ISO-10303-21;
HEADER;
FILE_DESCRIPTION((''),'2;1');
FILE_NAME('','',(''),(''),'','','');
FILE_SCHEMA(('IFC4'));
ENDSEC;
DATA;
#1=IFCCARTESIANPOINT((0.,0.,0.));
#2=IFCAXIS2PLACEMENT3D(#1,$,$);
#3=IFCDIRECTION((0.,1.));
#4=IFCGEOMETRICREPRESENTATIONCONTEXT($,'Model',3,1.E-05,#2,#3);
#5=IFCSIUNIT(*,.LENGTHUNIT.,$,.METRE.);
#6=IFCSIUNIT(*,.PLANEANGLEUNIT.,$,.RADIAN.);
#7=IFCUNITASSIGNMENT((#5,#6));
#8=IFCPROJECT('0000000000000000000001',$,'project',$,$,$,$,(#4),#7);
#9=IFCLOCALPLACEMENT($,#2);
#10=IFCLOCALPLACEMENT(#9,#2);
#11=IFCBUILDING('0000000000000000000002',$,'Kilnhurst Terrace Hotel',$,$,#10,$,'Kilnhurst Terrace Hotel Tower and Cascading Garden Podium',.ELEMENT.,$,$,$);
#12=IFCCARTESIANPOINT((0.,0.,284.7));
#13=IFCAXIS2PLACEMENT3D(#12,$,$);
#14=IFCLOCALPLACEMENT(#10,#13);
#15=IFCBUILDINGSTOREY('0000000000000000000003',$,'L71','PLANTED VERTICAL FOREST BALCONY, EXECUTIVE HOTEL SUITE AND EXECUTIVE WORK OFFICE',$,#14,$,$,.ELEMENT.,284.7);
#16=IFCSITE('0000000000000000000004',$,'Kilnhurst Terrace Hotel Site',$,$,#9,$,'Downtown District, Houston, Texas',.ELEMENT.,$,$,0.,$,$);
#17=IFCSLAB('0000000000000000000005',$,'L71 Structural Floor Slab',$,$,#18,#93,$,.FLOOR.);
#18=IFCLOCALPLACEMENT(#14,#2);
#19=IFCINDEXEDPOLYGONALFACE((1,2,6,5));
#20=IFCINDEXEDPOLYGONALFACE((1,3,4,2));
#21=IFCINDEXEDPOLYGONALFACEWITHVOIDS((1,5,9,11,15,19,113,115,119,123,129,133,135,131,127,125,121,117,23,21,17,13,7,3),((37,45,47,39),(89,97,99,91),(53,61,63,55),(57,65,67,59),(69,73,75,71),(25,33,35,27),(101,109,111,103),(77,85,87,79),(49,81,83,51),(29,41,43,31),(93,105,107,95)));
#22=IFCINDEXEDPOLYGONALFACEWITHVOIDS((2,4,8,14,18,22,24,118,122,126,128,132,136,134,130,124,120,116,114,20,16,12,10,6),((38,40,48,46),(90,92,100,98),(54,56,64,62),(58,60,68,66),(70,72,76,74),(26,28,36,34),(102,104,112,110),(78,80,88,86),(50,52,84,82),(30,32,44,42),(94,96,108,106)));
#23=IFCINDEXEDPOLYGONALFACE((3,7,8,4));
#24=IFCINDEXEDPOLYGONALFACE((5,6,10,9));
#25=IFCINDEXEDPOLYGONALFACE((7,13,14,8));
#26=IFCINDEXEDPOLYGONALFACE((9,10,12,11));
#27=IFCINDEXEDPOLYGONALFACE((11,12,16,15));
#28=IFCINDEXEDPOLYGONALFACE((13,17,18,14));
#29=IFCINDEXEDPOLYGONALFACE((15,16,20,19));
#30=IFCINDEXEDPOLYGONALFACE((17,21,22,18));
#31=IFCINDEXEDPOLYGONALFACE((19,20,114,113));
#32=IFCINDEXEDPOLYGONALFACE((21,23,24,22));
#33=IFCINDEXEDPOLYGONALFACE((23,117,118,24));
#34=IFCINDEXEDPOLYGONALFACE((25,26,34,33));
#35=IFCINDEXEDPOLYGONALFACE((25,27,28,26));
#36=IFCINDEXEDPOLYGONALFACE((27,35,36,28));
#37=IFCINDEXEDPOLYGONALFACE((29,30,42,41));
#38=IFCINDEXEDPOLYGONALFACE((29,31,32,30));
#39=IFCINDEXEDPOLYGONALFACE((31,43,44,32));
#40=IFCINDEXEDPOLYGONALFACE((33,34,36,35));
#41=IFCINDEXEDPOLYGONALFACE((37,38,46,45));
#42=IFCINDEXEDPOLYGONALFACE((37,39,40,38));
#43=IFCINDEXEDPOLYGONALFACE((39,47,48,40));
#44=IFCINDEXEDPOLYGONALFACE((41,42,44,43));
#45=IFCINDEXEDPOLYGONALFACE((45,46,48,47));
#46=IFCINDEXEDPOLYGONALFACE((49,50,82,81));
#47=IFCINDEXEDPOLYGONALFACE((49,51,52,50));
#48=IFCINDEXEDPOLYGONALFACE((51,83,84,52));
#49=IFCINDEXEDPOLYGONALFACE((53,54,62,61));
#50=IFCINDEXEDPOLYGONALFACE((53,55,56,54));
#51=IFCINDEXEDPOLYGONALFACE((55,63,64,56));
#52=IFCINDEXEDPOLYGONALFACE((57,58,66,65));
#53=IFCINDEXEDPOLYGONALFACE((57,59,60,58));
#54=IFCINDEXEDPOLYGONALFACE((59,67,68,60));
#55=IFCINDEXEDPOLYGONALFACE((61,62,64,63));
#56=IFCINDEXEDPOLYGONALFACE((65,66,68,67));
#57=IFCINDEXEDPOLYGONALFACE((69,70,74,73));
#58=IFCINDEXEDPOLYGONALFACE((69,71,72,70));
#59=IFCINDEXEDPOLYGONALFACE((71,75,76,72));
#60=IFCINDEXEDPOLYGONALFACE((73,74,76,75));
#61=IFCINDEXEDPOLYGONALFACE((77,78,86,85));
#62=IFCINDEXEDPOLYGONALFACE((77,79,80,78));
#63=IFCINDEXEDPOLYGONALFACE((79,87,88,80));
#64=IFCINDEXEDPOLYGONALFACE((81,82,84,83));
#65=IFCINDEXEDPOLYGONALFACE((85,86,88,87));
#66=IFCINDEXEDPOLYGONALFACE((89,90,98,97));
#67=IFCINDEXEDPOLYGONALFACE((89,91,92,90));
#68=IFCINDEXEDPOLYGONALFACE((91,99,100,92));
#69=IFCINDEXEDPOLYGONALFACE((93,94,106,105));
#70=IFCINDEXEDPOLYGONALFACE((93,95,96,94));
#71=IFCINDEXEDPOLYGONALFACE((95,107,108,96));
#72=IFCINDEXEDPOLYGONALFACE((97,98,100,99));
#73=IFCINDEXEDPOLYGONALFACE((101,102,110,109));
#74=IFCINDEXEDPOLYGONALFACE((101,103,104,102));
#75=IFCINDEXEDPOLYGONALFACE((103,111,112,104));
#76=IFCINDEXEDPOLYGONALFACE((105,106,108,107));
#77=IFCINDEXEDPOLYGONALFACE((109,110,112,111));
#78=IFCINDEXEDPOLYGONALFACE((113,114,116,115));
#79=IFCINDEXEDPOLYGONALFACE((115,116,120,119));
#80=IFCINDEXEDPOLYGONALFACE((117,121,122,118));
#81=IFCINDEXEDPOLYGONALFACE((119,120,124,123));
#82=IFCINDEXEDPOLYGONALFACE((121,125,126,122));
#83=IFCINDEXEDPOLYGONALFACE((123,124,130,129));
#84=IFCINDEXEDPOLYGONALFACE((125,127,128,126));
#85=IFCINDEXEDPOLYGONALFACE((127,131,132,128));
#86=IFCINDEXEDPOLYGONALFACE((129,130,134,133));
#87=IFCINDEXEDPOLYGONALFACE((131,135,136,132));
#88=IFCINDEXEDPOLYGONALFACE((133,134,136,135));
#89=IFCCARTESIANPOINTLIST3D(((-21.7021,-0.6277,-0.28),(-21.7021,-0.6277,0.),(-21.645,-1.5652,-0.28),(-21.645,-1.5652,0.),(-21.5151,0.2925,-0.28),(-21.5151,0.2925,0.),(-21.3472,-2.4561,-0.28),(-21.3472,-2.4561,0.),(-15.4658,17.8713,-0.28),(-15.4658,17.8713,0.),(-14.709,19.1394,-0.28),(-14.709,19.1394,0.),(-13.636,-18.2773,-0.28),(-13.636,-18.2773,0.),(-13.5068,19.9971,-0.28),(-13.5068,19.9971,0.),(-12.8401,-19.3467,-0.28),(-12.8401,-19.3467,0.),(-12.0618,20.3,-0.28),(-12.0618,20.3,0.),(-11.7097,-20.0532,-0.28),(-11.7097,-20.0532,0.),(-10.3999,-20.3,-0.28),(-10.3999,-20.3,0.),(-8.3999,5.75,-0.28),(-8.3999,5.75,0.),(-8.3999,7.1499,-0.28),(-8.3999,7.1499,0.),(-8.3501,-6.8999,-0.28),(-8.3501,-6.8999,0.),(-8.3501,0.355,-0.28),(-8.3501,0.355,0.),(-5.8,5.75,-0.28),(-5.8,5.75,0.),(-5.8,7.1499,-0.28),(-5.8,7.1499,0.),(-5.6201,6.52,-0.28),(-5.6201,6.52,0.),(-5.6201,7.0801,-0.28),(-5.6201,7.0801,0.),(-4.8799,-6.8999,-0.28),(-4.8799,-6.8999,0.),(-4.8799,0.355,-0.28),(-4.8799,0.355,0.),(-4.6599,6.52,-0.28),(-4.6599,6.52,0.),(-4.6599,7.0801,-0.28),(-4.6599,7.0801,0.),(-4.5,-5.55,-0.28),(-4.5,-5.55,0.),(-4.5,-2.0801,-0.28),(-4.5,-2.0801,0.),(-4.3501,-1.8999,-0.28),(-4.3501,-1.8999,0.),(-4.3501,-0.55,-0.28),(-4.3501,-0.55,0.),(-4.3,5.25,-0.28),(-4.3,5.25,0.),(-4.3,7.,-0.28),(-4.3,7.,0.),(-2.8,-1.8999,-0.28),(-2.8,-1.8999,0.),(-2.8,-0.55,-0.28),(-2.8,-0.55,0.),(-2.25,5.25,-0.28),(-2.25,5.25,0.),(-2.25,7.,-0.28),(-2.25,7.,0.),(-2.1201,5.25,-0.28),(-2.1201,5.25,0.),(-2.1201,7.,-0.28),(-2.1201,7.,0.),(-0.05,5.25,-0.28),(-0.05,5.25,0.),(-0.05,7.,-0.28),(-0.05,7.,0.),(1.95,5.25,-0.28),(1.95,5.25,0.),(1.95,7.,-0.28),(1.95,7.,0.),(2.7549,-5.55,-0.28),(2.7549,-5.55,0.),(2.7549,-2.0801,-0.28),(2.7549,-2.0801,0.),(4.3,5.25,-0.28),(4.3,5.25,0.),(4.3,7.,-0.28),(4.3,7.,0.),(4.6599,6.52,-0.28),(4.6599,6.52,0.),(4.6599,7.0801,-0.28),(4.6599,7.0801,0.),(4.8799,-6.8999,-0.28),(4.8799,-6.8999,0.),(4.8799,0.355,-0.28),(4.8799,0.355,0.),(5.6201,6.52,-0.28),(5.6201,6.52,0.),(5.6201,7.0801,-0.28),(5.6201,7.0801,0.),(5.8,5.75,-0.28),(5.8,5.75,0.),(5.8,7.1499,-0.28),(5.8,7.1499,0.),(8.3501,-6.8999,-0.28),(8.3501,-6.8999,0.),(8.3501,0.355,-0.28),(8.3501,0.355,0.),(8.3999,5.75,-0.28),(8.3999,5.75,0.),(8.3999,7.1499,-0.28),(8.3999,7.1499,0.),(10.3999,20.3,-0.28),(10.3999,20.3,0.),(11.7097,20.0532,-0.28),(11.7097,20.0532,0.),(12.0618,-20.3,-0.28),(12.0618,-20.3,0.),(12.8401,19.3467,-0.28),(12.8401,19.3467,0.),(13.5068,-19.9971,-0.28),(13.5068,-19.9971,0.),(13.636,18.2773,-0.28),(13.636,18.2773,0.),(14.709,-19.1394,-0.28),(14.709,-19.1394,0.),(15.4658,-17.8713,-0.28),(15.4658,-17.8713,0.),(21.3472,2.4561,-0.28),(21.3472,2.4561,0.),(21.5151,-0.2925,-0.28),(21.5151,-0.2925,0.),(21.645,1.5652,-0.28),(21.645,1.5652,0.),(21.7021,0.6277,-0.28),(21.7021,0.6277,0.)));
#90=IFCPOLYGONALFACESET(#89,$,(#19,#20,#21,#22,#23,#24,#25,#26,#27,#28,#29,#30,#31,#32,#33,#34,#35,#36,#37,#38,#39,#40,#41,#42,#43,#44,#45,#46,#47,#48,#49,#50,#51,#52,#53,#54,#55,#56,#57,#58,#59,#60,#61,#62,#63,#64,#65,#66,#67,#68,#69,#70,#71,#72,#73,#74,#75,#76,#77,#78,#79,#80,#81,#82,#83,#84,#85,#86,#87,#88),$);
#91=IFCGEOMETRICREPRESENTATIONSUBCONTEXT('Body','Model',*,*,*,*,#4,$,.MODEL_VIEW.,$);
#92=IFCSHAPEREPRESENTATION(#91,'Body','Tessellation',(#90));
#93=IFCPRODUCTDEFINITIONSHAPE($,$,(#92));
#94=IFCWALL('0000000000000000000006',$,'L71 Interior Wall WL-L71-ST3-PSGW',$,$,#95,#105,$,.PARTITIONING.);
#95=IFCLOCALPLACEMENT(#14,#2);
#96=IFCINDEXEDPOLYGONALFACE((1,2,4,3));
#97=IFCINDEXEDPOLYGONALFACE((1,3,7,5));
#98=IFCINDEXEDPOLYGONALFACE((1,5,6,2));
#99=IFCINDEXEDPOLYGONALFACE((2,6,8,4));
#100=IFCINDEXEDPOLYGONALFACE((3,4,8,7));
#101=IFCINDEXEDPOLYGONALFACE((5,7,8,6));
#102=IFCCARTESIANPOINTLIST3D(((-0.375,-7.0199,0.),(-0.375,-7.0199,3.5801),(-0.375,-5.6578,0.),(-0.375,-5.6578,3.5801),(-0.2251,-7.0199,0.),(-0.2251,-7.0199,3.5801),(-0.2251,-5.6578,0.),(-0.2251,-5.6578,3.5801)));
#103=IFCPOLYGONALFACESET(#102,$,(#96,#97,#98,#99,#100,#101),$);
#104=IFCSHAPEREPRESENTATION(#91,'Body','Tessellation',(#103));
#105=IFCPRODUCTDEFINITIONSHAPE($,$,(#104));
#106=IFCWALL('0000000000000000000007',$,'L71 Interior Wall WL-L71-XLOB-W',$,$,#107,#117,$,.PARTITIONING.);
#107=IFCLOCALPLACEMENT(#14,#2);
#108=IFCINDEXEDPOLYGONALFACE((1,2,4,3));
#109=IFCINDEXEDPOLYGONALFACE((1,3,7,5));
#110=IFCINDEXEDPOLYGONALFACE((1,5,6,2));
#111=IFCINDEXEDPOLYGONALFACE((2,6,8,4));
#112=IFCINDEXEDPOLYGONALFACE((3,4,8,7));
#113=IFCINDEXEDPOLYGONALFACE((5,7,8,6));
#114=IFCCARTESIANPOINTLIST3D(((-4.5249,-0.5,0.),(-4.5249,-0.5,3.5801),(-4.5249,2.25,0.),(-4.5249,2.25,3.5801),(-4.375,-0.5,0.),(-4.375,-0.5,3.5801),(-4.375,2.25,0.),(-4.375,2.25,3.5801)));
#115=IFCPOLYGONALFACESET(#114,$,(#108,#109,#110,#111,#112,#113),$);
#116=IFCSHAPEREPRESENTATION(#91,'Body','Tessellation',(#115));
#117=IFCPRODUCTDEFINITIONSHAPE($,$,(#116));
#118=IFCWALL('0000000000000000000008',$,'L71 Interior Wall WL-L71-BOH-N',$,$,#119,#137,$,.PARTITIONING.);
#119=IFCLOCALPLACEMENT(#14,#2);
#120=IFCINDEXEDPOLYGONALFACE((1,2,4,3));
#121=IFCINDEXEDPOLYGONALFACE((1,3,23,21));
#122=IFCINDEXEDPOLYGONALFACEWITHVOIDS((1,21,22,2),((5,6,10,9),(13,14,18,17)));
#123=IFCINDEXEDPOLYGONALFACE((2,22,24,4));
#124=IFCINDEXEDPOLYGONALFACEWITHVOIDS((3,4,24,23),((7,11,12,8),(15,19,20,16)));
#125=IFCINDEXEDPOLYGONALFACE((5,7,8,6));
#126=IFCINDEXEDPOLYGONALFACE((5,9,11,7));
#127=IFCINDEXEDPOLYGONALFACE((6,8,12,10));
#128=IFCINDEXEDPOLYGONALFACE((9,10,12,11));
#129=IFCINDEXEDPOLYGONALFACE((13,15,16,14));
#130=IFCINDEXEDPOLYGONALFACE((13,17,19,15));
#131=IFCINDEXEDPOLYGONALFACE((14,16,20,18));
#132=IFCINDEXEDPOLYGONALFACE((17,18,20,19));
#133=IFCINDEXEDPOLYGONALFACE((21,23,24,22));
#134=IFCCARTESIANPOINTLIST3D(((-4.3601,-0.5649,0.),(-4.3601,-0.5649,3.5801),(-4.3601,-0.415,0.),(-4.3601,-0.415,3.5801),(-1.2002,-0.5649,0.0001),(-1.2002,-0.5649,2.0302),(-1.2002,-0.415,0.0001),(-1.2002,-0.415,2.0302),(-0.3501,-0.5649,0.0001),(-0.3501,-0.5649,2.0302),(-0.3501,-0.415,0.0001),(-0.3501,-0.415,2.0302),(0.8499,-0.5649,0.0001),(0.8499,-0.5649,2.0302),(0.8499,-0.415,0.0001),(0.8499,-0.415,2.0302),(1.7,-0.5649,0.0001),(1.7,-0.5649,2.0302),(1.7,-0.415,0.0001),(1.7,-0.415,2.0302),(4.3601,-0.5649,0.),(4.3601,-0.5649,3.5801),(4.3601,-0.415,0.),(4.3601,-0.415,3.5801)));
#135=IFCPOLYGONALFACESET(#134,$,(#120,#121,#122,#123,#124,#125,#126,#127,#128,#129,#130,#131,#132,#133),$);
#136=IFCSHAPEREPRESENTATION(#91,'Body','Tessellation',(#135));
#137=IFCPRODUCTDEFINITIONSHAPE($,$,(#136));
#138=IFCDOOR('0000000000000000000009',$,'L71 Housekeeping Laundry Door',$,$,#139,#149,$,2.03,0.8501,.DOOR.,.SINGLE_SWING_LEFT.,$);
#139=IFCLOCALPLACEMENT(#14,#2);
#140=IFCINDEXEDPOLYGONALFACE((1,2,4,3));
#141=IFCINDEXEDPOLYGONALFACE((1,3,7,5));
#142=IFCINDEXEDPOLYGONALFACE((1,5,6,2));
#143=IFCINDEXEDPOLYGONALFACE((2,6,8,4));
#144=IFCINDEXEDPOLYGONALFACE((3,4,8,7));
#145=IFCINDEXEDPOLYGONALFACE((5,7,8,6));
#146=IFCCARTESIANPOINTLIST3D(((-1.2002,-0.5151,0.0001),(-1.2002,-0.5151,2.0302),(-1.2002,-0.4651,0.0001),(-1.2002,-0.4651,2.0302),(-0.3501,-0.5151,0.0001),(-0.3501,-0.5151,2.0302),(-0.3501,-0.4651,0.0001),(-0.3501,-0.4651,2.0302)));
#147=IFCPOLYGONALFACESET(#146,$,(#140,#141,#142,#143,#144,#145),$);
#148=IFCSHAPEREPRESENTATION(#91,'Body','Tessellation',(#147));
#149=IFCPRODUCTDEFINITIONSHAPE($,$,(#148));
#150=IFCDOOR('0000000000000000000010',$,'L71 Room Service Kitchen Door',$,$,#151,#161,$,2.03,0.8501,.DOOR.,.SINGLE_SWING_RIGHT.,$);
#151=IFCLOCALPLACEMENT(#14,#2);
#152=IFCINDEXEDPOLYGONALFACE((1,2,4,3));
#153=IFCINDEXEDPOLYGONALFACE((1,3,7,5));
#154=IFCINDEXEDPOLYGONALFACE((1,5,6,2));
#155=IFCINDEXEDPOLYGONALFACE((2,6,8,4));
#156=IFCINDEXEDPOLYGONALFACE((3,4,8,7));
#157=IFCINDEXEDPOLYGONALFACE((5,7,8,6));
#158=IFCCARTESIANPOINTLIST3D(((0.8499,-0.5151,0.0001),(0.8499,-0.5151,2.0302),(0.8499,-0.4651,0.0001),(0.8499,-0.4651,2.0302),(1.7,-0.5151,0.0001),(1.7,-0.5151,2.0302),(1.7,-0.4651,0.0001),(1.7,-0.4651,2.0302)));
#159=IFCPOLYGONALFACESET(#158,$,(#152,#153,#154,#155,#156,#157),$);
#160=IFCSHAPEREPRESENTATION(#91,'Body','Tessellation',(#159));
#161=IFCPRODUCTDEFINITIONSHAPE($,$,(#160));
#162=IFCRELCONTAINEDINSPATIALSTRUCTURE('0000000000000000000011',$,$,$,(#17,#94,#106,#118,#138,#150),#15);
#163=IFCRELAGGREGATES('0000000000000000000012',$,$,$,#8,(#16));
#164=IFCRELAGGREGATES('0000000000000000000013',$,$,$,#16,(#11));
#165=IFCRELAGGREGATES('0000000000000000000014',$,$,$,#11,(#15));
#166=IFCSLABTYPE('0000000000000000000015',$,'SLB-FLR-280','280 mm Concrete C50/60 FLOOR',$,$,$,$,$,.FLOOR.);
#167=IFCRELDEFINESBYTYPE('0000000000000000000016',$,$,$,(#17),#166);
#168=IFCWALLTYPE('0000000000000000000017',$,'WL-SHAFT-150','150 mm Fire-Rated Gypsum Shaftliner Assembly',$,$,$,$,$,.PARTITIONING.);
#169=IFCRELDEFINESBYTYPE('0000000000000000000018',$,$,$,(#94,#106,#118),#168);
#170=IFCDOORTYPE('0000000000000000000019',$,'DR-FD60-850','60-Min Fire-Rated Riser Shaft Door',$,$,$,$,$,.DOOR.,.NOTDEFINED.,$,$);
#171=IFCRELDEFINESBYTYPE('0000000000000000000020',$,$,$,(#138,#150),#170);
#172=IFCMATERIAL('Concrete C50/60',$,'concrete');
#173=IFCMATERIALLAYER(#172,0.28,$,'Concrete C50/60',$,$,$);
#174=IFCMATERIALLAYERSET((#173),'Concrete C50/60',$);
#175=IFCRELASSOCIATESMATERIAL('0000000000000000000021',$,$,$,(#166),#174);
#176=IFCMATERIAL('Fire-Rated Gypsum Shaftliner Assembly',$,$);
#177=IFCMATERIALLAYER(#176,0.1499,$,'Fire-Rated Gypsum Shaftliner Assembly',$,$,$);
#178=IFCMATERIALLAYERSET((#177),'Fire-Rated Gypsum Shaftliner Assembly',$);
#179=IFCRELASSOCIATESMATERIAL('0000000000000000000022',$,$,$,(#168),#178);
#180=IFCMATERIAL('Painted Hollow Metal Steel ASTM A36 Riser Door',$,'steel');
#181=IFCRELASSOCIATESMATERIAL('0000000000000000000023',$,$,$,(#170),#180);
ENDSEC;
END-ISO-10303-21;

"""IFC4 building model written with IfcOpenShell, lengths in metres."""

from ifc_helpers import new_model, si_unit, direction, frame, frame_2d, origin, place, context, subcontext, project, spatial, polyline, rectangle, outline, extrude, material, layer, layer_set, type_object, element, fill, save


model = new_model("IFC4")

# Units and contexts
model_context = context("Model", 3, precision=1e-05, world=origin(), true_north=direction((0.0, 1.0)))
body_context = subcontext(model_context, "Body", "Model", "MODEL_VIEW")
ifc_project = project(units=[si_unit("LENGTHUNIT", "METRE"), si_unit("PLANEANGLEUNIT", "RADIAN")], contexts=[model_context])

# Site, building, storey
site_placement = place(None, origin())
site = spatial("IfcSite", under=ifc_project, at=site_placement, Name="Kilnhurst Terrace Hotel Site", LongName="Downtown District, Houston, Texas", CompositionType="ELEMENT", RefElevation=0.0)
building_placement = place(site_placement, origin())
building = spatial("IfcBuilding", under=site, at=building_placement, Name="Kilnhurst Terrace Hotel", LongName="Kilnhurst Terrace Hotel Tower and Cascading Garden Podium", CompositionType="ELEMENT")
storey_placement = place(building_placement, frame((0.0, 0.0, 284.7)))
storey = spatial("IfcBuildingStorey", under=building, at=storey_placement, Name="L71", Description="PLANTED VERTICAL FOREST BALCONY, EXECUTIVE HOTEL SUITE AND EXECUTIVE WORK OFFICE", CompositionType="ELEMENT", Elevation=284.7)

# Slab
ifc_material_1 = material(Name="Concrete C50/60", Category="concrete")
ifc_layer_1 = layer(ifc_material_1, 0.28, Name="Concrete C50/60")
ifc_layer_set_1 = layer_set([ifc_layer_1], Name="Concrete C50/60")
slab_type = type_object("IfcSlabType", Name="SLB-FLR-280", Description="280 mm Concrete C50/60 FLOOR", PredefinedType="FLOOR", material=ifc_layer_set_1)
slab_placement = place(storey_placement, frame((0.0, 0.0, -0.28)))
element("IfcSlab", 1, at=slab_placement, inside=storey, type_object=slab_type, Name="L71 Structural Floor Slab", PredefinedType="FLOOR", context=body_context, shape_type="SweptSolid", body=[
    extrude(outline(polyline([(-13.636, -18.2773), (-12.8401, -19.3467), (-11.7097, -20.0532), (-10.3999, -20.3), (12.0618, -20.3), (13.5068, -19.9971), (14.709, -19.1394), (15.4658, -17.8713), (21.5151, -0.2925), (21.7021, 0.6277), (21.645, 1.5652), (21.3472, 2.4561), (13.636, 18.2773), (12.8401, 19.3467), (11.7097, 20.0532), (10.3999, 20.3), (-12.0618, 20.3), (-13.5068, 19.9971), (-14.709, 19.1394), (-15.4658, 17.8713), (-21.5151, 0.2925), (-21.7021, -0.6277), (-21.645, -1.5652), (-21.3472, -2.4561), (-13.636, -18.2773)]), holes=[polyline([(-8.3501, 0.355), (-4.8799, 0.355), (-4.8799, -6.8999), (-8.3501, -6.8999), (-8.3501, 0.355)]), polyline([(-2.8, -1.8999), (-4.3501, -1.8999), (-4.3501, -0.55), (-2.8, -0.55), (-2.8, -1.8999)]), polyline([(-2.25, 5.25), (-4.3, 5.25), (-4.3, 7.0), (-2.25, 7.0), (-2.25, 5.25)]), polyline([(-2.1201, 5.25), (-2.1201, 7.0), (-0.05, 7.0), (-0.05, 5.25), (-2.1201, 5.25)]), polyline([(-8.3999, 5.75), (-8.3999, 7.1499), (-5.8, 7.1499), (-5.8, 5.75), (-8.3999, 5.75)]), polyline([(-4.6599, 6.52), (-5.6201, 6.52), (-5.6201, 7.0801), (-4.6599, 7.0801), (-4.6599, 6.52)]), polyline([(2.7549, -5.55), (-4.5, -5.55), (-4.5, -2.0801), (2.7549, -2.0801), (2.7549, -5.55)]), polyline([(8.3501, 0.355), (8.3501, -6.8999), (4.8799, -6.8999), (4.8799, 0.355), (8.3501, 0.355)]), polyline([(4.3, 5.25), (1.95, 5.25), (1.95, 7.0), (4.3, 7.0), (4.3, 5.25)]), polyline([(5.8, 5.75), (5.8, 7.1499), (8.3999, 7.1499), (8.3999, 5.75), (5.8, 5.75)]), polyline([(4.6599, 6.52), (4.6599, 7.0801), (5.6201, 7.0801), (5.6201, 6.52), (4.6599, 6.52)])]), origin(), (0.0, 0.0, 1.0), 0.28),
])

# Walls
ifc_material_2 = material(Name="Fire-Rated Gypsum Shaftliner Assembly")
ifc_layer_2 = layer(ifc_material_2, 0.1499, Name="Fire-Rated Gypsum Shaftliner Assembly")
ifc_layer_set_2 = layer_set([ifc_layer_2], Name="Fire-Rated Gypsum Shaftliner Assembly")
wall_type_1 = type_object("IfcWallType", Name="WL-SHAFT-150", Description="150 mm Fire-Rated Gypsum Shaftliner Assembly", PredefinedType="PARTITIONING", material=ifc_layer_set_2)
wall_1_placement = place(storey_placement, frame((-0.3, -7.02, 0.0), z_axis=(0.0, 0.0, 1.0), x_axis=(0.0, 1.0, 0.0)))
element("IfcWall", 2, at=wall_1_placement, inside=storey, type_object=wall_type_1, Name="L71 Interior Wall WL-L71-ST3-PSGW", PredefinedType="PARTITIONING", context=body_context, shape_type="SweptSolid", body=[
    extrude(rectangle(XDim=1.3621, YDim=0.1499, at=frame_2d((0.6812, 0.0))), origin(), (0.0, 0.0, 1.0), 3.5801),
])
wall_2_placement = place(storey_placement, frame((-4.45, -0.5, 0.0), z_axis=(0.0, 0.0, 1.0), x_axis=(0.0, 1.0, 0.0)))
element("IfcWall", 3, at=wall_2_placement, inside=storey, type_object=wall_type_1, Name="L71 Interior Wall WL-L71-XLOB-W", PredefinedType="PARTITIONING", context=body_context, shape_type="SweptSolid", body=[
    extrude(rectangle(XDim=2.75, YDim=0.1499, at=frame_2d((1.375, 0.0))), origin(), (0.0, 0.0, 1.0), 3.5801),
])

# Wall, openings, doors
wall_3_placement = place(storey_placement, frame((-4.3601, -0.49, 0.0), z_axis=(0.0, 0.0, 1.0), x_axis=(1.0, 0.0, 0.0)))
wall_3 = element("IfcWall", 4, at=wall_3_placement, inside=storey, type_object=wall_type_1, Name="L71 Interior Wall WL-L71-BOH-N", PredefinedType="PARTITIONING", context=body_context, shape_type="SweptSolid", body=[
    extrude(rectangle(XDim=8.7202, YDim=0.1499, at=frame_2d((4.3601, 0.0))), origin(), (0.0, 0.0, 1.0), 3.5801),
])
opening_1_placement = place(wall_3_placement, frame((3.1599, 0.0, 0.0)))
opening_1 = element("IfcOpeningElement", 5, at=opening_1_placement, cuts=wall_3, PredefinedType="OPENING", context=body_context, shape_type="SweptSolid", body=[
    extrude(rectangle(XDim=0.8501, YDim=2.03, at=frame_2d((0.425, 1.0151))), frame((0.0, 0.085, 0.0), z_axis=(0.0, -1.0, 0.0), x_axis=(1.0, 0.0, 0.0)), (0.0, 0.0, 1.0), 0.1699),
])
opening_2_placement = place(wall_3_placement, frame((5.21, 0.0, 0.0)))
opening_2 = element("IfcOpeningElement", 6, at=opening_2_placement, cuts=wall_3, PredefinedType="OPENING", context=body_context, shape_type="SweptSolid", body=[
    extrude(rectangle(XDim=0.8501, YDim=2.03, at=frame_2d((0.425, 1.0151))), frame((0.0, 0.085, 0.0), z_axis=(0.0, -1.0, 0.0), x_axis=(1.0, 0.0, 0.0)), (0.0, 0.0, 1.0), 0.1699),
])
ifc_material_3 = material(Name="Painted Hollow Metal Steel ASTM A36 Riser Door", Category="steel")
door_type_1 = type_object("IfcDoorType", Name="DR-FD60-850", Description="60-Min Fire-Rated Riser Shaft Door", OperationType="NOTDEFINED", PredefinedType="DOOR", material=ifc_material_3)
door_1_placement = place(opening_1_placement, origin())
door_1 = element("IfcDoor", 7, at=door_1_placement, inside=storey, type_object=door_type_1, Name="L71 Housekeeping Laundry Door", OperationType="SINGLE_SWING_LEFT", OverallHeight=2.03, OverallWidth=0.8501, PredefinedType="DOOR", context=body_context, shape_type="SweptSolid", body=[
    extrude(rectangle(XDim=0.8501, YDim=2.03, at=frame_2d((0.425, 1.0151))), frame((0.0, 0.0249, 0.0), z_axis=(0.0, -1.0, 0.0), x_axis=(1.0, 0.0, 0.0)), (0.0, 0.0, 1.0), 0.05),
])
fill(opening_1, door_1)
door_2_placement = place(opening_2_placement, origin())
door_2 = element("IfcDoor", 8, at=door_2_placement, inside=storey, type_object=door_type_1, Name="L71 Room Service Kitchen Door", OperationType="SINGLE_SWING_RIGHT", OverallHeight=2.03, OverallWidth=0.8501, PredefinedType="DOOR", context=body_context, shape_type="SweptSolid", body=[
    extrude(rectangle(XDim=0.8501, YDim=2.03, at=frame_2d((0.425, 1.0151))), frame((0.0, 0.0249, 0.0), z_axis=(0.0, -1.0, 0.0), x_axis=(1.0, 0.0, 0.0)), (0.0, 0.0, 1.0), 0.05),
])
fill(opening_2, door_2)

save(model, "model.ifc")
